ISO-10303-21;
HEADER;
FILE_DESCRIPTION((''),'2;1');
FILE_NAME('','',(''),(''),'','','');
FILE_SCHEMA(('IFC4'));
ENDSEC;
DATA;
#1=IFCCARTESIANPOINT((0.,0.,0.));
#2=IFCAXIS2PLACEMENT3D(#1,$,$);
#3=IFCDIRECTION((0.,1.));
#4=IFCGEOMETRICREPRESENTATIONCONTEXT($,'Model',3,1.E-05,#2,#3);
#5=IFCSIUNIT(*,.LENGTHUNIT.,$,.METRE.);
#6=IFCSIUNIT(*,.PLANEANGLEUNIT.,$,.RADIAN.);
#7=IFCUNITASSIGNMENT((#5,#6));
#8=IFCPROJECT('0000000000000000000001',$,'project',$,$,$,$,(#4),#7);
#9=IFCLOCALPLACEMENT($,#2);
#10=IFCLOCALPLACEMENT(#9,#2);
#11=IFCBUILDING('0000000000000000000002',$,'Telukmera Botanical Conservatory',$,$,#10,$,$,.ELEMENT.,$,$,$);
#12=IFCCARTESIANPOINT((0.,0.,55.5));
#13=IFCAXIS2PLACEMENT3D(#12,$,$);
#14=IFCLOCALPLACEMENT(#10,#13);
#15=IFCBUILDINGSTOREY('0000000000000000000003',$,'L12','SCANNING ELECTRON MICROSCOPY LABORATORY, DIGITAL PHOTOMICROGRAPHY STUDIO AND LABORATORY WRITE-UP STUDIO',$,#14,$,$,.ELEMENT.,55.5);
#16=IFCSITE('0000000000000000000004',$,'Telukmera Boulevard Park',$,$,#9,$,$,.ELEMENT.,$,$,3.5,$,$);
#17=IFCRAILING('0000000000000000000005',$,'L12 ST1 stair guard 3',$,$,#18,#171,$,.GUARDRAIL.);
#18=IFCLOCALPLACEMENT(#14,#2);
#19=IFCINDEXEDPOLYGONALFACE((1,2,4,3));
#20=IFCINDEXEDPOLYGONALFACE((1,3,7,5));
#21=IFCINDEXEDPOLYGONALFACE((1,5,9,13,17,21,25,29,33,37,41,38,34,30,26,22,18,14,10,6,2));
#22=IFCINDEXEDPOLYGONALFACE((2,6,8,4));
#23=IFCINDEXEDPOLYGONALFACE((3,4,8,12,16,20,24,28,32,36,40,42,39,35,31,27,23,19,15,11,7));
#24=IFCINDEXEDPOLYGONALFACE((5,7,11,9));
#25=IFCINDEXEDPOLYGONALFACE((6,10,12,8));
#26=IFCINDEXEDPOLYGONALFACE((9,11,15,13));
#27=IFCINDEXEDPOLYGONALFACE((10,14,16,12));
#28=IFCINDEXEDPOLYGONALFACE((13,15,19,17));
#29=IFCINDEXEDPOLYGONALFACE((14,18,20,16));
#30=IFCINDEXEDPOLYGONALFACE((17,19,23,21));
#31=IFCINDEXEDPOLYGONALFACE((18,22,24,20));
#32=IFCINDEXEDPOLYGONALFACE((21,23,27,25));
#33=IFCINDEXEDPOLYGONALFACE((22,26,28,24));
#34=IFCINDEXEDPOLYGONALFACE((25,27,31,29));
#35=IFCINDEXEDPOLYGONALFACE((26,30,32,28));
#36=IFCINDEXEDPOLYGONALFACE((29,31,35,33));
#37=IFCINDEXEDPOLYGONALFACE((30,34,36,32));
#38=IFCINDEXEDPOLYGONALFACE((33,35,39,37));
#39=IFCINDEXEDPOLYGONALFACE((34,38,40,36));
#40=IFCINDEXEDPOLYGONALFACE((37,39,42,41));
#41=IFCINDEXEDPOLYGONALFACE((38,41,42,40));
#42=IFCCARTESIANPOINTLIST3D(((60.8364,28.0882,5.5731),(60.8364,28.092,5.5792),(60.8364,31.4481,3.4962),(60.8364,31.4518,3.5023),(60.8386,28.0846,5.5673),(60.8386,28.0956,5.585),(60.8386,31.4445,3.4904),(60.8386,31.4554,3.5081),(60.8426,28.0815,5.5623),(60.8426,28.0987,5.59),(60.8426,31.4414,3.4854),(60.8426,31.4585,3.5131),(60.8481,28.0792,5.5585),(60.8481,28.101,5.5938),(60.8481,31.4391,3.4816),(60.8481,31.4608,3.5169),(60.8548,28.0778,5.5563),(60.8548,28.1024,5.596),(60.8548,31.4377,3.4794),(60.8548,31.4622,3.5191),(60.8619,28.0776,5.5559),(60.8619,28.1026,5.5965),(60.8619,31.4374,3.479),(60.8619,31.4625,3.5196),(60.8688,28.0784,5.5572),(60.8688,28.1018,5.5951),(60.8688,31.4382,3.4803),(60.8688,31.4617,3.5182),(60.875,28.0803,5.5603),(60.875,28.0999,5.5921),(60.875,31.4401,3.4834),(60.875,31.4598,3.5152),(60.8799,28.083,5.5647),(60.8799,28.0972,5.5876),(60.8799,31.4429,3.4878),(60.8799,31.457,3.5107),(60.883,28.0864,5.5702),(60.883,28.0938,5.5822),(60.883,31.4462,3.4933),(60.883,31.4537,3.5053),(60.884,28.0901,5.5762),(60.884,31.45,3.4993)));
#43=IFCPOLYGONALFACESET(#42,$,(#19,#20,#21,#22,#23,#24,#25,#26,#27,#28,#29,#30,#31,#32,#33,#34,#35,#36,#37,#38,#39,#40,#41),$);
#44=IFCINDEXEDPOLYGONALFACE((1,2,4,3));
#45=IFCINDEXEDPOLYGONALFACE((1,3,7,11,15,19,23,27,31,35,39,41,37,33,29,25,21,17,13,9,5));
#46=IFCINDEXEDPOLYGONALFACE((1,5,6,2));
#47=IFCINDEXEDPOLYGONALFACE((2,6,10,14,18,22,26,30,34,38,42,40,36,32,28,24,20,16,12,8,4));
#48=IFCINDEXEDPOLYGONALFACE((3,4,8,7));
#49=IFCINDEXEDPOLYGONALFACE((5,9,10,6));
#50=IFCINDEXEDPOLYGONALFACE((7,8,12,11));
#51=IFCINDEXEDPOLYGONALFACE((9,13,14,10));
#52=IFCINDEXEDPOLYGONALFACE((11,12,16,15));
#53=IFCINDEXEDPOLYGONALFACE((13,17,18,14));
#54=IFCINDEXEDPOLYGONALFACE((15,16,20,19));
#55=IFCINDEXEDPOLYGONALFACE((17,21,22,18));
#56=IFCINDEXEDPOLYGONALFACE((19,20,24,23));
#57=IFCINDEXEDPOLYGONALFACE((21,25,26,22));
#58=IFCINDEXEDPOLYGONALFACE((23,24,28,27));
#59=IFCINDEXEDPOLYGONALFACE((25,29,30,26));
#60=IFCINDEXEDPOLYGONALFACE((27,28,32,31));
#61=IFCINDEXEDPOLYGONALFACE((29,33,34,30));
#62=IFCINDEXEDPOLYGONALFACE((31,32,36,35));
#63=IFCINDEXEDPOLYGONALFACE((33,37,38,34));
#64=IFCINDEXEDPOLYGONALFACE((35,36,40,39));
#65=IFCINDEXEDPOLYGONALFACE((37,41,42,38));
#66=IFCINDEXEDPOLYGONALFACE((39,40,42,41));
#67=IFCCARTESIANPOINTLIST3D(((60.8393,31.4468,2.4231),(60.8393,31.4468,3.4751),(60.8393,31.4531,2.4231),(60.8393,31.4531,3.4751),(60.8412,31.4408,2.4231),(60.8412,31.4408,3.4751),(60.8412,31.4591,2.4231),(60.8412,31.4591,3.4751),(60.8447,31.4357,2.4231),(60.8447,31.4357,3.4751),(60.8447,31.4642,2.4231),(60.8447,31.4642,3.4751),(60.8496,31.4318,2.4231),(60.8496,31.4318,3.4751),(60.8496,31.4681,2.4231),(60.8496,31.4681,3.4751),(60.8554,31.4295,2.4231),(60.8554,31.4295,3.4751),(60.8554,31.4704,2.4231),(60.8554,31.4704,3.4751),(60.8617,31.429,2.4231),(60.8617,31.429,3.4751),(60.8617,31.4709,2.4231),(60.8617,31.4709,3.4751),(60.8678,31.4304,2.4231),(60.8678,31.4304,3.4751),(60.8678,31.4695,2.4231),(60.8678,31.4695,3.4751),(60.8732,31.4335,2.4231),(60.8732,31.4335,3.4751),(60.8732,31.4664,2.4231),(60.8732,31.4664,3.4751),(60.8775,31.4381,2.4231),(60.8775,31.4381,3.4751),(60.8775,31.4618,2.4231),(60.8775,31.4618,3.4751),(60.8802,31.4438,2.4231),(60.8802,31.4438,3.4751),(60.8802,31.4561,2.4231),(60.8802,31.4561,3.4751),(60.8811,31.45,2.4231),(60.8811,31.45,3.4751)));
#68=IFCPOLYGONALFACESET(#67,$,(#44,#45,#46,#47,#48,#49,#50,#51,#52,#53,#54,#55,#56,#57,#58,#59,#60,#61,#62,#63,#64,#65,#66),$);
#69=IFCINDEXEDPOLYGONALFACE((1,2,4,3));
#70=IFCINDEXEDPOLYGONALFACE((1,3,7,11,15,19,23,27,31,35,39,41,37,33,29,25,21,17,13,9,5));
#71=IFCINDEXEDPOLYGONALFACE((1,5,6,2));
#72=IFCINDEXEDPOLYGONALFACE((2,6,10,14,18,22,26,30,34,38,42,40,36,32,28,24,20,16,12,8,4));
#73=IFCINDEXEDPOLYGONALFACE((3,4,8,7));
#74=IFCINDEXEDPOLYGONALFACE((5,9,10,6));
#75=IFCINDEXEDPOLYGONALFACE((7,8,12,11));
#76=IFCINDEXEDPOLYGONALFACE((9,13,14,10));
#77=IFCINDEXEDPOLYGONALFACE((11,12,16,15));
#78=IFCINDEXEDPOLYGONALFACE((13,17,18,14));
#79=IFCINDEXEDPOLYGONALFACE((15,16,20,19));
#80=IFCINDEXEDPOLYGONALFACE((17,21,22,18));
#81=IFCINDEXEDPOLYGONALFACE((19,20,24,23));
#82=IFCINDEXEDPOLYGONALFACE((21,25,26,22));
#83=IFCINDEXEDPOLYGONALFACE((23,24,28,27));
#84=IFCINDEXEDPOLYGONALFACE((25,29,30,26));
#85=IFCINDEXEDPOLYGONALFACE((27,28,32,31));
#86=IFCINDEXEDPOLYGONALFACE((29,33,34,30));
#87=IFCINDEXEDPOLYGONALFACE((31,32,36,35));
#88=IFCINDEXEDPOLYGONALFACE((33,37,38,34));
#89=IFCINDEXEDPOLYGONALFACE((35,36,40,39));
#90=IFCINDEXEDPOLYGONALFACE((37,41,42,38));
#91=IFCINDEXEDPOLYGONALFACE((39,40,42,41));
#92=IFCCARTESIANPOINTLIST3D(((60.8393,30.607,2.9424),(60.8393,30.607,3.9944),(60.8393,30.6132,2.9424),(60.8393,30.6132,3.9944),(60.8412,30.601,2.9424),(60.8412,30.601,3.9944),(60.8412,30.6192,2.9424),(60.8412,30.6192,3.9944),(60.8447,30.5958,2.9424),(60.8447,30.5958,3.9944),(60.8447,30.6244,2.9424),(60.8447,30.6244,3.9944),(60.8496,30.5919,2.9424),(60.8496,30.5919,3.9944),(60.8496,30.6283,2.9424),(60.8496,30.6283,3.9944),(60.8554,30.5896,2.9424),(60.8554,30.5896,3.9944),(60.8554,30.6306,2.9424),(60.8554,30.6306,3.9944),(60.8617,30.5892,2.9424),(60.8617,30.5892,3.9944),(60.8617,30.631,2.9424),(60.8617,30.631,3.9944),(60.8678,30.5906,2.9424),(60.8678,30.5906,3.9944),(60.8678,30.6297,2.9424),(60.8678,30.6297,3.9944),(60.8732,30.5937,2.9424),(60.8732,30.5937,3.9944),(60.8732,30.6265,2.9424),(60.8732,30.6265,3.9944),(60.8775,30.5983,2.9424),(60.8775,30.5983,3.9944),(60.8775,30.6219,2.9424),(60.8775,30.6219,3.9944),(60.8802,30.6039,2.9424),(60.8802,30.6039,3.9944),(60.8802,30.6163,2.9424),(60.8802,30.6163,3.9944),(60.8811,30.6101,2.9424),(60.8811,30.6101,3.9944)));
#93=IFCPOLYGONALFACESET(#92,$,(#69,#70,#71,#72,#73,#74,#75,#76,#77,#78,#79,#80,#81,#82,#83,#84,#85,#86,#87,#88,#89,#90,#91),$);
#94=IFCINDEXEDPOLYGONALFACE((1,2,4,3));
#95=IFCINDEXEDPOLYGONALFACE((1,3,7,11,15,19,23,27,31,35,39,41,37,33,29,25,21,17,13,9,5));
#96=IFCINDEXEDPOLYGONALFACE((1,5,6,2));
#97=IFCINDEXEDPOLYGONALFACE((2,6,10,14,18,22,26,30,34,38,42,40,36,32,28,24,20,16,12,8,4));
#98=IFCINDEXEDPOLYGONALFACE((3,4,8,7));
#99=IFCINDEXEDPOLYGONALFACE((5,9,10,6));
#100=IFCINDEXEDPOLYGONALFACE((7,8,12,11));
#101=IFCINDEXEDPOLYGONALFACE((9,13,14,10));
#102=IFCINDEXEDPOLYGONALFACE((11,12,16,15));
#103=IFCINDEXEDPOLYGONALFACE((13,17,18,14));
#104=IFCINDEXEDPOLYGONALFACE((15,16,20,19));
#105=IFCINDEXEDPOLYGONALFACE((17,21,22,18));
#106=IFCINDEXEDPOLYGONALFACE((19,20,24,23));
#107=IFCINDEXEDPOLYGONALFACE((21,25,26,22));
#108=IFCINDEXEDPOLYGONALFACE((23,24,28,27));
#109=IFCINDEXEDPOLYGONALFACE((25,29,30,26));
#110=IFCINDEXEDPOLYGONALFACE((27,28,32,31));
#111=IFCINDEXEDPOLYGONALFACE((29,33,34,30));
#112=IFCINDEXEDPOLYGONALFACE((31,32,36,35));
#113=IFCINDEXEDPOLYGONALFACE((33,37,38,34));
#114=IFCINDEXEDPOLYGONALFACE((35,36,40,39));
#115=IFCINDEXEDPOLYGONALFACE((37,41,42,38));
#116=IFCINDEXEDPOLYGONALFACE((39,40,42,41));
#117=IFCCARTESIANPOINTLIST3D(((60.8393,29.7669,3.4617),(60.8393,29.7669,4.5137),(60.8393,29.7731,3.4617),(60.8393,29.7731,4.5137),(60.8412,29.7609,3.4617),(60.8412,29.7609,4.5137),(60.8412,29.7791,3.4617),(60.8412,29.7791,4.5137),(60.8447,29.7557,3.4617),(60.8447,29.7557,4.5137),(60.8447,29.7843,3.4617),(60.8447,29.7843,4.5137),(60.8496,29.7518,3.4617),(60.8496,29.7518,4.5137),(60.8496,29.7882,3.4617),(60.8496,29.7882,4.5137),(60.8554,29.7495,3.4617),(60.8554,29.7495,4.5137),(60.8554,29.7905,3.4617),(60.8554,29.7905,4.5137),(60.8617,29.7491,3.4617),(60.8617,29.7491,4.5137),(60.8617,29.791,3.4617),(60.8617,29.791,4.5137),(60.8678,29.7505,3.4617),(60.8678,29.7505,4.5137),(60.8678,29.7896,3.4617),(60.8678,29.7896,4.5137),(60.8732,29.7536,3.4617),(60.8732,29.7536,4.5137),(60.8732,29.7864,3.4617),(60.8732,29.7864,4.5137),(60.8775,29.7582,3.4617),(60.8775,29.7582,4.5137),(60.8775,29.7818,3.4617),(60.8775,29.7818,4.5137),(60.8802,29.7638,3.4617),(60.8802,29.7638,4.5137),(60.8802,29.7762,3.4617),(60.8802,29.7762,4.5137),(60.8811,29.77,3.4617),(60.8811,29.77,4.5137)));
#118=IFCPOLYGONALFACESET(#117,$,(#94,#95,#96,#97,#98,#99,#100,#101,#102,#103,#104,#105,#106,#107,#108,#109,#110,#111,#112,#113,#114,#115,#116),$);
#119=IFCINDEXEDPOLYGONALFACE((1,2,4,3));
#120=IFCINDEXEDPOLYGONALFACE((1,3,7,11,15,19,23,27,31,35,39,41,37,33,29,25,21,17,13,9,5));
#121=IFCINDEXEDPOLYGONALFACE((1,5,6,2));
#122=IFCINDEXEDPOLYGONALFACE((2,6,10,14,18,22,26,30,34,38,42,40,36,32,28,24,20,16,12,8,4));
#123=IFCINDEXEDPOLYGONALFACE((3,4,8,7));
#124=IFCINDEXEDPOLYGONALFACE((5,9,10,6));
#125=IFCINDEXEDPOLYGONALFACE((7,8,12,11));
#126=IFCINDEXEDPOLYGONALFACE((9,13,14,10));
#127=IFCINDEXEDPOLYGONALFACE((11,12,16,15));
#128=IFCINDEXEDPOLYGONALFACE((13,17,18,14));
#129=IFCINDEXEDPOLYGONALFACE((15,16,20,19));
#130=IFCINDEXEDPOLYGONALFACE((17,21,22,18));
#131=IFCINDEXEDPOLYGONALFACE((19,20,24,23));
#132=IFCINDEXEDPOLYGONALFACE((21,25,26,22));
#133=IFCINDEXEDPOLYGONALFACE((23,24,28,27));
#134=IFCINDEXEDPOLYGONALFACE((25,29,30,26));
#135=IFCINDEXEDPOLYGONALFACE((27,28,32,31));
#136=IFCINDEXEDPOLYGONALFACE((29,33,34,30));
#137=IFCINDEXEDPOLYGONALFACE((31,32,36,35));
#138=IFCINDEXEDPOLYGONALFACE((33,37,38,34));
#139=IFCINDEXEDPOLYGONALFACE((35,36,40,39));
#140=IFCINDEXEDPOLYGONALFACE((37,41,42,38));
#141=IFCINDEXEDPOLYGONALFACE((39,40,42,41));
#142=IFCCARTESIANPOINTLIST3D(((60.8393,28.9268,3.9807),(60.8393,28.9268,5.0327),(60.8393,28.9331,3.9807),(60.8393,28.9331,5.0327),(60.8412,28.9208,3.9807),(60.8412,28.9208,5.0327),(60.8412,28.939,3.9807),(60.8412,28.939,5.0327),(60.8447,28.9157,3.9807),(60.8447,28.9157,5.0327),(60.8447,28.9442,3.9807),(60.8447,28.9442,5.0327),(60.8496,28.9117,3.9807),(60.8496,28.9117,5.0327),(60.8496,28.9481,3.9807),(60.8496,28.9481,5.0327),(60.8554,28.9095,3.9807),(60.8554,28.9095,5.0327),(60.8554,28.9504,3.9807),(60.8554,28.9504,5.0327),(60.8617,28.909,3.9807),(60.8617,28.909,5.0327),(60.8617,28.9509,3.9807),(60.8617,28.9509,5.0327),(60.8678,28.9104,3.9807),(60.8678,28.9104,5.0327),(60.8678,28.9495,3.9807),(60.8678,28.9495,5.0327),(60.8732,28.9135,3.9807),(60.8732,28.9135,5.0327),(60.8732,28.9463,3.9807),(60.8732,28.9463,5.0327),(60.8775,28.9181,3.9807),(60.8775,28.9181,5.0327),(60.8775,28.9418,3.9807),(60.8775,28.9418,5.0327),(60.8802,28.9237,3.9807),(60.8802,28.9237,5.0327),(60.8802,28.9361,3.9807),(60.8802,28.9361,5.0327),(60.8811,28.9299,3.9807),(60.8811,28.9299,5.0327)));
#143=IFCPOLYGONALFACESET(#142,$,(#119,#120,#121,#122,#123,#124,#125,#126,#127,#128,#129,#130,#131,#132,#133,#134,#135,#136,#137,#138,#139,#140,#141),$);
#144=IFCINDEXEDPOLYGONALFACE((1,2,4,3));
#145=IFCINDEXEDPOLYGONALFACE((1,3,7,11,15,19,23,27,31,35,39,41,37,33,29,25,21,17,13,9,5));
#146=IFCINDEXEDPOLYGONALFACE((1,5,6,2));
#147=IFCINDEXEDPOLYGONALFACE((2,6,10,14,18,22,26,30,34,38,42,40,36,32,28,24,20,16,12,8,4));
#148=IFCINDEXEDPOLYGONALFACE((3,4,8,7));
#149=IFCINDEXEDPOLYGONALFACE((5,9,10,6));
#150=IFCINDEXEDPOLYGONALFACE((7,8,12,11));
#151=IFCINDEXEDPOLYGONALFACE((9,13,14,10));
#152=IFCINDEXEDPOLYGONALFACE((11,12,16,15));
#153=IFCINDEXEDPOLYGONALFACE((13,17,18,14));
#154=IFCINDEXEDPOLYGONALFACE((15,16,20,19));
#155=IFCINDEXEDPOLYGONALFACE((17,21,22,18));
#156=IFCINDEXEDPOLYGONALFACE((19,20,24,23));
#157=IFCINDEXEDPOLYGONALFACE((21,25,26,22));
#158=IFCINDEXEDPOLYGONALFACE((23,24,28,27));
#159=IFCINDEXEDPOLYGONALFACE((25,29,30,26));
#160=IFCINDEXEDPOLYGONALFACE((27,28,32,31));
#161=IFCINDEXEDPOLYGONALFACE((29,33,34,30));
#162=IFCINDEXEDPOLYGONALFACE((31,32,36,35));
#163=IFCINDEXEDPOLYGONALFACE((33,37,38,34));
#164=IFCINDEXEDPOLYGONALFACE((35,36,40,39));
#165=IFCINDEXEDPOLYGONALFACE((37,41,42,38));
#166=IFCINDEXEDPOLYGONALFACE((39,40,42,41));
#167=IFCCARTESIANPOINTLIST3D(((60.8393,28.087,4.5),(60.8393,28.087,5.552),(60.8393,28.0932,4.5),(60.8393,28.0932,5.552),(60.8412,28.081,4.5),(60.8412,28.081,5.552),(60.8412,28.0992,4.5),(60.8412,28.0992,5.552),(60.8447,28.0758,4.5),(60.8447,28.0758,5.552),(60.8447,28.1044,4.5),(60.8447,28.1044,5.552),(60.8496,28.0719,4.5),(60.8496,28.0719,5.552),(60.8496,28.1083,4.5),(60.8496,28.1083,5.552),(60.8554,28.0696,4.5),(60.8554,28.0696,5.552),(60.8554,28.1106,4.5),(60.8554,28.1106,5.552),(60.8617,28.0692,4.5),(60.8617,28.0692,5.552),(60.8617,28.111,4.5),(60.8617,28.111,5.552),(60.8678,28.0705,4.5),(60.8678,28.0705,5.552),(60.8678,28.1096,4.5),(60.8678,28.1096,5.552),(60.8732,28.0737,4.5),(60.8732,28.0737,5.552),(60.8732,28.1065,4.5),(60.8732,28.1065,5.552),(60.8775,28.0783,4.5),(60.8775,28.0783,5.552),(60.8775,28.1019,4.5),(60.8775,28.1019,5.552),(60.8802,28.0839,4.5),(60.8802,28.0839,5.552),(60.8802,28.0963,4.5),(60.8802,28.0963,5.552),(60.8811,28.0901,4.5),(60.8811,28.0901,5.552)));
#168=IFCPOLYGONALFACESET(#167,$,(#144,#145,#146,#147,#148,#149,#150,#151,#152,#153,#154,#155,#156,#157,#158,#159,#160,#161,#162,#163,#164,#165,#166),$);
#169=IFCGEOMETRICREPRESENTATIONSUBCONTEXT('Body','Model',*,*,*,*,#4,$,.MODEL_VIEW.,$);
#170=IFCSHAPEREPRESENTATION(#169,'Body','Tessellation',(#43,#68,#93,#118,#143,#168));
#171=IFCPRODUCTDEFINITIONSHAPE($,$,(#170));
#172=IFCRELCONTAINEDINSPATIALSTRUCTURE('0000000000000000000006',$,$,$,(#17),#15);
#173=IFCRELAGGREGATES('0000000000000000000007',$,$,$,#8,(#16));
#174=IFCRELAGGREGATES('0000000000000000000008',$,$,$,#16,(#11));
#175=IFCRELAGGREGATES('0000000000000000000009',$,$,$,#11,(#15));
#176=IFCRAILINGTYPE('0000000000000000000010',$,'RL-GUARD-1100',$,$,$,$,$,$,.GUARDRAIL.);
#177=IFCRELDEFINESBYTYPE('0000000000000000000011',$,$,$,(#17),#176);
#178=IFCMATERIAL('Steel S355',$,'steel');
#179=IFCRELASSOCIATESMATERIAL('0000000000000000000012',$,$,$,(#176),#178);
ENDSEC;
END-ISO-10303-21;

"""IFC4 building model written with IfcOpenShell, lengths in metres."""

from ifc_helpers import new_model, si_unit, direction, frame, origin, origin_2d, place, context, subcontext, project, spatial, circle, extrude, material, type_object, element, save


model = new_model("IFC4")

# Units and contexts
model_context = context("Model", 3, precision=1e-05, world=origin(), true_north=direction((0.0, 1.0)))
body_context = subcontext(model_context, "Body", "Model", "MODEL_VIEW")
ifc_project = project(units=[si_unit("LENGTHUNIT", "METRE"), si_unit("PLANEANGLEUNIT", "RADIAN")], contexts=[model_context])

# Site, building, storey
site_placement = place(None, origin())
site = spatial("IfcSite", under=ifc_project, at=site_placement, Name="Telukmera Boulevard Park", CompositionType="ELEMENT", RefElevation=3.5)
building_placement = place(site_placement, origin())
building = spatial("IfcBuilding", under=site, at=building_placement, Name="Telukmera Botanical Conservatory", CompositionType="ELEMENT")
storey_placement = place(building_placement, frame((0.0, 0.0, 55.5)))
storey = spatial("IfcBuildingStorey", under=building, at=storey_placement, Name="L12", Description="SCANNING ELECTRON MICROSCOPY LABORATORY, DIGITAL PHOTOMICROGRAPHY STUDIO AND LABORATORY WRITE-UP STUDIO", CompositionType="ELEMENT", Elevation=55.5)

# Railing
ifc_material_1 = material(Name="Steel S355", Category="steel")
railing_type_1 = type_object("IfcRailingType", Name="RL-GUARD-1100", PredefinedType="GUARDRAIL", material=ifc_material_1)
railing_1_placement = place(storey_placement, frame((60.8601, 31.45, 2.4231)))
element("IfcRailing", 1, at=railing_1_placement, inside=storey, type_object=railing_type_1, Name="L12 ST1 stair guard 3", PredefinedType="GUARDRAIL", context=body_context, shape_type="SweptSolid", body=[
    extrude(circle(Radius=0.0239, at=origin_2d()), frame((0.0, 0.0, 1.0762), z_axis=(0.0, -0.850606, 0.525803), x_axis=(1.0, 0.0, 0.0)), (0.0, 0.0, 1.0), 3.95),
    extrude(circle(Radius=0.021, at=origin_2d()), origin(), (0.0, 0.0, 1.0), 1.052),
    extrude(circle(Radius=0.021, at=origin_2d()), frame((0.0, -0.8398, 0.5193)), (0.0, 0.0, 1.0), 1.052),
    extrude(circle(Radius=0.021, at=origin_2d()), frame((0.0, -1.6799, 1.0386)), (0.0, 0.0, 1.0), 1.052),
    extrude(circle(Radius=0.021, at=origin_2d()), frame((0.0, -2.52, 1.5576)), (0.0, 0.0, 1.0), 1.052),
    extrude(circle(Radius=0.021, at=origin_2d()), frame((0.0, -3.3599, 2.0769)), (0.0, 0.0, 1.0), 1.052),
])

save(model, "model.ifc")
